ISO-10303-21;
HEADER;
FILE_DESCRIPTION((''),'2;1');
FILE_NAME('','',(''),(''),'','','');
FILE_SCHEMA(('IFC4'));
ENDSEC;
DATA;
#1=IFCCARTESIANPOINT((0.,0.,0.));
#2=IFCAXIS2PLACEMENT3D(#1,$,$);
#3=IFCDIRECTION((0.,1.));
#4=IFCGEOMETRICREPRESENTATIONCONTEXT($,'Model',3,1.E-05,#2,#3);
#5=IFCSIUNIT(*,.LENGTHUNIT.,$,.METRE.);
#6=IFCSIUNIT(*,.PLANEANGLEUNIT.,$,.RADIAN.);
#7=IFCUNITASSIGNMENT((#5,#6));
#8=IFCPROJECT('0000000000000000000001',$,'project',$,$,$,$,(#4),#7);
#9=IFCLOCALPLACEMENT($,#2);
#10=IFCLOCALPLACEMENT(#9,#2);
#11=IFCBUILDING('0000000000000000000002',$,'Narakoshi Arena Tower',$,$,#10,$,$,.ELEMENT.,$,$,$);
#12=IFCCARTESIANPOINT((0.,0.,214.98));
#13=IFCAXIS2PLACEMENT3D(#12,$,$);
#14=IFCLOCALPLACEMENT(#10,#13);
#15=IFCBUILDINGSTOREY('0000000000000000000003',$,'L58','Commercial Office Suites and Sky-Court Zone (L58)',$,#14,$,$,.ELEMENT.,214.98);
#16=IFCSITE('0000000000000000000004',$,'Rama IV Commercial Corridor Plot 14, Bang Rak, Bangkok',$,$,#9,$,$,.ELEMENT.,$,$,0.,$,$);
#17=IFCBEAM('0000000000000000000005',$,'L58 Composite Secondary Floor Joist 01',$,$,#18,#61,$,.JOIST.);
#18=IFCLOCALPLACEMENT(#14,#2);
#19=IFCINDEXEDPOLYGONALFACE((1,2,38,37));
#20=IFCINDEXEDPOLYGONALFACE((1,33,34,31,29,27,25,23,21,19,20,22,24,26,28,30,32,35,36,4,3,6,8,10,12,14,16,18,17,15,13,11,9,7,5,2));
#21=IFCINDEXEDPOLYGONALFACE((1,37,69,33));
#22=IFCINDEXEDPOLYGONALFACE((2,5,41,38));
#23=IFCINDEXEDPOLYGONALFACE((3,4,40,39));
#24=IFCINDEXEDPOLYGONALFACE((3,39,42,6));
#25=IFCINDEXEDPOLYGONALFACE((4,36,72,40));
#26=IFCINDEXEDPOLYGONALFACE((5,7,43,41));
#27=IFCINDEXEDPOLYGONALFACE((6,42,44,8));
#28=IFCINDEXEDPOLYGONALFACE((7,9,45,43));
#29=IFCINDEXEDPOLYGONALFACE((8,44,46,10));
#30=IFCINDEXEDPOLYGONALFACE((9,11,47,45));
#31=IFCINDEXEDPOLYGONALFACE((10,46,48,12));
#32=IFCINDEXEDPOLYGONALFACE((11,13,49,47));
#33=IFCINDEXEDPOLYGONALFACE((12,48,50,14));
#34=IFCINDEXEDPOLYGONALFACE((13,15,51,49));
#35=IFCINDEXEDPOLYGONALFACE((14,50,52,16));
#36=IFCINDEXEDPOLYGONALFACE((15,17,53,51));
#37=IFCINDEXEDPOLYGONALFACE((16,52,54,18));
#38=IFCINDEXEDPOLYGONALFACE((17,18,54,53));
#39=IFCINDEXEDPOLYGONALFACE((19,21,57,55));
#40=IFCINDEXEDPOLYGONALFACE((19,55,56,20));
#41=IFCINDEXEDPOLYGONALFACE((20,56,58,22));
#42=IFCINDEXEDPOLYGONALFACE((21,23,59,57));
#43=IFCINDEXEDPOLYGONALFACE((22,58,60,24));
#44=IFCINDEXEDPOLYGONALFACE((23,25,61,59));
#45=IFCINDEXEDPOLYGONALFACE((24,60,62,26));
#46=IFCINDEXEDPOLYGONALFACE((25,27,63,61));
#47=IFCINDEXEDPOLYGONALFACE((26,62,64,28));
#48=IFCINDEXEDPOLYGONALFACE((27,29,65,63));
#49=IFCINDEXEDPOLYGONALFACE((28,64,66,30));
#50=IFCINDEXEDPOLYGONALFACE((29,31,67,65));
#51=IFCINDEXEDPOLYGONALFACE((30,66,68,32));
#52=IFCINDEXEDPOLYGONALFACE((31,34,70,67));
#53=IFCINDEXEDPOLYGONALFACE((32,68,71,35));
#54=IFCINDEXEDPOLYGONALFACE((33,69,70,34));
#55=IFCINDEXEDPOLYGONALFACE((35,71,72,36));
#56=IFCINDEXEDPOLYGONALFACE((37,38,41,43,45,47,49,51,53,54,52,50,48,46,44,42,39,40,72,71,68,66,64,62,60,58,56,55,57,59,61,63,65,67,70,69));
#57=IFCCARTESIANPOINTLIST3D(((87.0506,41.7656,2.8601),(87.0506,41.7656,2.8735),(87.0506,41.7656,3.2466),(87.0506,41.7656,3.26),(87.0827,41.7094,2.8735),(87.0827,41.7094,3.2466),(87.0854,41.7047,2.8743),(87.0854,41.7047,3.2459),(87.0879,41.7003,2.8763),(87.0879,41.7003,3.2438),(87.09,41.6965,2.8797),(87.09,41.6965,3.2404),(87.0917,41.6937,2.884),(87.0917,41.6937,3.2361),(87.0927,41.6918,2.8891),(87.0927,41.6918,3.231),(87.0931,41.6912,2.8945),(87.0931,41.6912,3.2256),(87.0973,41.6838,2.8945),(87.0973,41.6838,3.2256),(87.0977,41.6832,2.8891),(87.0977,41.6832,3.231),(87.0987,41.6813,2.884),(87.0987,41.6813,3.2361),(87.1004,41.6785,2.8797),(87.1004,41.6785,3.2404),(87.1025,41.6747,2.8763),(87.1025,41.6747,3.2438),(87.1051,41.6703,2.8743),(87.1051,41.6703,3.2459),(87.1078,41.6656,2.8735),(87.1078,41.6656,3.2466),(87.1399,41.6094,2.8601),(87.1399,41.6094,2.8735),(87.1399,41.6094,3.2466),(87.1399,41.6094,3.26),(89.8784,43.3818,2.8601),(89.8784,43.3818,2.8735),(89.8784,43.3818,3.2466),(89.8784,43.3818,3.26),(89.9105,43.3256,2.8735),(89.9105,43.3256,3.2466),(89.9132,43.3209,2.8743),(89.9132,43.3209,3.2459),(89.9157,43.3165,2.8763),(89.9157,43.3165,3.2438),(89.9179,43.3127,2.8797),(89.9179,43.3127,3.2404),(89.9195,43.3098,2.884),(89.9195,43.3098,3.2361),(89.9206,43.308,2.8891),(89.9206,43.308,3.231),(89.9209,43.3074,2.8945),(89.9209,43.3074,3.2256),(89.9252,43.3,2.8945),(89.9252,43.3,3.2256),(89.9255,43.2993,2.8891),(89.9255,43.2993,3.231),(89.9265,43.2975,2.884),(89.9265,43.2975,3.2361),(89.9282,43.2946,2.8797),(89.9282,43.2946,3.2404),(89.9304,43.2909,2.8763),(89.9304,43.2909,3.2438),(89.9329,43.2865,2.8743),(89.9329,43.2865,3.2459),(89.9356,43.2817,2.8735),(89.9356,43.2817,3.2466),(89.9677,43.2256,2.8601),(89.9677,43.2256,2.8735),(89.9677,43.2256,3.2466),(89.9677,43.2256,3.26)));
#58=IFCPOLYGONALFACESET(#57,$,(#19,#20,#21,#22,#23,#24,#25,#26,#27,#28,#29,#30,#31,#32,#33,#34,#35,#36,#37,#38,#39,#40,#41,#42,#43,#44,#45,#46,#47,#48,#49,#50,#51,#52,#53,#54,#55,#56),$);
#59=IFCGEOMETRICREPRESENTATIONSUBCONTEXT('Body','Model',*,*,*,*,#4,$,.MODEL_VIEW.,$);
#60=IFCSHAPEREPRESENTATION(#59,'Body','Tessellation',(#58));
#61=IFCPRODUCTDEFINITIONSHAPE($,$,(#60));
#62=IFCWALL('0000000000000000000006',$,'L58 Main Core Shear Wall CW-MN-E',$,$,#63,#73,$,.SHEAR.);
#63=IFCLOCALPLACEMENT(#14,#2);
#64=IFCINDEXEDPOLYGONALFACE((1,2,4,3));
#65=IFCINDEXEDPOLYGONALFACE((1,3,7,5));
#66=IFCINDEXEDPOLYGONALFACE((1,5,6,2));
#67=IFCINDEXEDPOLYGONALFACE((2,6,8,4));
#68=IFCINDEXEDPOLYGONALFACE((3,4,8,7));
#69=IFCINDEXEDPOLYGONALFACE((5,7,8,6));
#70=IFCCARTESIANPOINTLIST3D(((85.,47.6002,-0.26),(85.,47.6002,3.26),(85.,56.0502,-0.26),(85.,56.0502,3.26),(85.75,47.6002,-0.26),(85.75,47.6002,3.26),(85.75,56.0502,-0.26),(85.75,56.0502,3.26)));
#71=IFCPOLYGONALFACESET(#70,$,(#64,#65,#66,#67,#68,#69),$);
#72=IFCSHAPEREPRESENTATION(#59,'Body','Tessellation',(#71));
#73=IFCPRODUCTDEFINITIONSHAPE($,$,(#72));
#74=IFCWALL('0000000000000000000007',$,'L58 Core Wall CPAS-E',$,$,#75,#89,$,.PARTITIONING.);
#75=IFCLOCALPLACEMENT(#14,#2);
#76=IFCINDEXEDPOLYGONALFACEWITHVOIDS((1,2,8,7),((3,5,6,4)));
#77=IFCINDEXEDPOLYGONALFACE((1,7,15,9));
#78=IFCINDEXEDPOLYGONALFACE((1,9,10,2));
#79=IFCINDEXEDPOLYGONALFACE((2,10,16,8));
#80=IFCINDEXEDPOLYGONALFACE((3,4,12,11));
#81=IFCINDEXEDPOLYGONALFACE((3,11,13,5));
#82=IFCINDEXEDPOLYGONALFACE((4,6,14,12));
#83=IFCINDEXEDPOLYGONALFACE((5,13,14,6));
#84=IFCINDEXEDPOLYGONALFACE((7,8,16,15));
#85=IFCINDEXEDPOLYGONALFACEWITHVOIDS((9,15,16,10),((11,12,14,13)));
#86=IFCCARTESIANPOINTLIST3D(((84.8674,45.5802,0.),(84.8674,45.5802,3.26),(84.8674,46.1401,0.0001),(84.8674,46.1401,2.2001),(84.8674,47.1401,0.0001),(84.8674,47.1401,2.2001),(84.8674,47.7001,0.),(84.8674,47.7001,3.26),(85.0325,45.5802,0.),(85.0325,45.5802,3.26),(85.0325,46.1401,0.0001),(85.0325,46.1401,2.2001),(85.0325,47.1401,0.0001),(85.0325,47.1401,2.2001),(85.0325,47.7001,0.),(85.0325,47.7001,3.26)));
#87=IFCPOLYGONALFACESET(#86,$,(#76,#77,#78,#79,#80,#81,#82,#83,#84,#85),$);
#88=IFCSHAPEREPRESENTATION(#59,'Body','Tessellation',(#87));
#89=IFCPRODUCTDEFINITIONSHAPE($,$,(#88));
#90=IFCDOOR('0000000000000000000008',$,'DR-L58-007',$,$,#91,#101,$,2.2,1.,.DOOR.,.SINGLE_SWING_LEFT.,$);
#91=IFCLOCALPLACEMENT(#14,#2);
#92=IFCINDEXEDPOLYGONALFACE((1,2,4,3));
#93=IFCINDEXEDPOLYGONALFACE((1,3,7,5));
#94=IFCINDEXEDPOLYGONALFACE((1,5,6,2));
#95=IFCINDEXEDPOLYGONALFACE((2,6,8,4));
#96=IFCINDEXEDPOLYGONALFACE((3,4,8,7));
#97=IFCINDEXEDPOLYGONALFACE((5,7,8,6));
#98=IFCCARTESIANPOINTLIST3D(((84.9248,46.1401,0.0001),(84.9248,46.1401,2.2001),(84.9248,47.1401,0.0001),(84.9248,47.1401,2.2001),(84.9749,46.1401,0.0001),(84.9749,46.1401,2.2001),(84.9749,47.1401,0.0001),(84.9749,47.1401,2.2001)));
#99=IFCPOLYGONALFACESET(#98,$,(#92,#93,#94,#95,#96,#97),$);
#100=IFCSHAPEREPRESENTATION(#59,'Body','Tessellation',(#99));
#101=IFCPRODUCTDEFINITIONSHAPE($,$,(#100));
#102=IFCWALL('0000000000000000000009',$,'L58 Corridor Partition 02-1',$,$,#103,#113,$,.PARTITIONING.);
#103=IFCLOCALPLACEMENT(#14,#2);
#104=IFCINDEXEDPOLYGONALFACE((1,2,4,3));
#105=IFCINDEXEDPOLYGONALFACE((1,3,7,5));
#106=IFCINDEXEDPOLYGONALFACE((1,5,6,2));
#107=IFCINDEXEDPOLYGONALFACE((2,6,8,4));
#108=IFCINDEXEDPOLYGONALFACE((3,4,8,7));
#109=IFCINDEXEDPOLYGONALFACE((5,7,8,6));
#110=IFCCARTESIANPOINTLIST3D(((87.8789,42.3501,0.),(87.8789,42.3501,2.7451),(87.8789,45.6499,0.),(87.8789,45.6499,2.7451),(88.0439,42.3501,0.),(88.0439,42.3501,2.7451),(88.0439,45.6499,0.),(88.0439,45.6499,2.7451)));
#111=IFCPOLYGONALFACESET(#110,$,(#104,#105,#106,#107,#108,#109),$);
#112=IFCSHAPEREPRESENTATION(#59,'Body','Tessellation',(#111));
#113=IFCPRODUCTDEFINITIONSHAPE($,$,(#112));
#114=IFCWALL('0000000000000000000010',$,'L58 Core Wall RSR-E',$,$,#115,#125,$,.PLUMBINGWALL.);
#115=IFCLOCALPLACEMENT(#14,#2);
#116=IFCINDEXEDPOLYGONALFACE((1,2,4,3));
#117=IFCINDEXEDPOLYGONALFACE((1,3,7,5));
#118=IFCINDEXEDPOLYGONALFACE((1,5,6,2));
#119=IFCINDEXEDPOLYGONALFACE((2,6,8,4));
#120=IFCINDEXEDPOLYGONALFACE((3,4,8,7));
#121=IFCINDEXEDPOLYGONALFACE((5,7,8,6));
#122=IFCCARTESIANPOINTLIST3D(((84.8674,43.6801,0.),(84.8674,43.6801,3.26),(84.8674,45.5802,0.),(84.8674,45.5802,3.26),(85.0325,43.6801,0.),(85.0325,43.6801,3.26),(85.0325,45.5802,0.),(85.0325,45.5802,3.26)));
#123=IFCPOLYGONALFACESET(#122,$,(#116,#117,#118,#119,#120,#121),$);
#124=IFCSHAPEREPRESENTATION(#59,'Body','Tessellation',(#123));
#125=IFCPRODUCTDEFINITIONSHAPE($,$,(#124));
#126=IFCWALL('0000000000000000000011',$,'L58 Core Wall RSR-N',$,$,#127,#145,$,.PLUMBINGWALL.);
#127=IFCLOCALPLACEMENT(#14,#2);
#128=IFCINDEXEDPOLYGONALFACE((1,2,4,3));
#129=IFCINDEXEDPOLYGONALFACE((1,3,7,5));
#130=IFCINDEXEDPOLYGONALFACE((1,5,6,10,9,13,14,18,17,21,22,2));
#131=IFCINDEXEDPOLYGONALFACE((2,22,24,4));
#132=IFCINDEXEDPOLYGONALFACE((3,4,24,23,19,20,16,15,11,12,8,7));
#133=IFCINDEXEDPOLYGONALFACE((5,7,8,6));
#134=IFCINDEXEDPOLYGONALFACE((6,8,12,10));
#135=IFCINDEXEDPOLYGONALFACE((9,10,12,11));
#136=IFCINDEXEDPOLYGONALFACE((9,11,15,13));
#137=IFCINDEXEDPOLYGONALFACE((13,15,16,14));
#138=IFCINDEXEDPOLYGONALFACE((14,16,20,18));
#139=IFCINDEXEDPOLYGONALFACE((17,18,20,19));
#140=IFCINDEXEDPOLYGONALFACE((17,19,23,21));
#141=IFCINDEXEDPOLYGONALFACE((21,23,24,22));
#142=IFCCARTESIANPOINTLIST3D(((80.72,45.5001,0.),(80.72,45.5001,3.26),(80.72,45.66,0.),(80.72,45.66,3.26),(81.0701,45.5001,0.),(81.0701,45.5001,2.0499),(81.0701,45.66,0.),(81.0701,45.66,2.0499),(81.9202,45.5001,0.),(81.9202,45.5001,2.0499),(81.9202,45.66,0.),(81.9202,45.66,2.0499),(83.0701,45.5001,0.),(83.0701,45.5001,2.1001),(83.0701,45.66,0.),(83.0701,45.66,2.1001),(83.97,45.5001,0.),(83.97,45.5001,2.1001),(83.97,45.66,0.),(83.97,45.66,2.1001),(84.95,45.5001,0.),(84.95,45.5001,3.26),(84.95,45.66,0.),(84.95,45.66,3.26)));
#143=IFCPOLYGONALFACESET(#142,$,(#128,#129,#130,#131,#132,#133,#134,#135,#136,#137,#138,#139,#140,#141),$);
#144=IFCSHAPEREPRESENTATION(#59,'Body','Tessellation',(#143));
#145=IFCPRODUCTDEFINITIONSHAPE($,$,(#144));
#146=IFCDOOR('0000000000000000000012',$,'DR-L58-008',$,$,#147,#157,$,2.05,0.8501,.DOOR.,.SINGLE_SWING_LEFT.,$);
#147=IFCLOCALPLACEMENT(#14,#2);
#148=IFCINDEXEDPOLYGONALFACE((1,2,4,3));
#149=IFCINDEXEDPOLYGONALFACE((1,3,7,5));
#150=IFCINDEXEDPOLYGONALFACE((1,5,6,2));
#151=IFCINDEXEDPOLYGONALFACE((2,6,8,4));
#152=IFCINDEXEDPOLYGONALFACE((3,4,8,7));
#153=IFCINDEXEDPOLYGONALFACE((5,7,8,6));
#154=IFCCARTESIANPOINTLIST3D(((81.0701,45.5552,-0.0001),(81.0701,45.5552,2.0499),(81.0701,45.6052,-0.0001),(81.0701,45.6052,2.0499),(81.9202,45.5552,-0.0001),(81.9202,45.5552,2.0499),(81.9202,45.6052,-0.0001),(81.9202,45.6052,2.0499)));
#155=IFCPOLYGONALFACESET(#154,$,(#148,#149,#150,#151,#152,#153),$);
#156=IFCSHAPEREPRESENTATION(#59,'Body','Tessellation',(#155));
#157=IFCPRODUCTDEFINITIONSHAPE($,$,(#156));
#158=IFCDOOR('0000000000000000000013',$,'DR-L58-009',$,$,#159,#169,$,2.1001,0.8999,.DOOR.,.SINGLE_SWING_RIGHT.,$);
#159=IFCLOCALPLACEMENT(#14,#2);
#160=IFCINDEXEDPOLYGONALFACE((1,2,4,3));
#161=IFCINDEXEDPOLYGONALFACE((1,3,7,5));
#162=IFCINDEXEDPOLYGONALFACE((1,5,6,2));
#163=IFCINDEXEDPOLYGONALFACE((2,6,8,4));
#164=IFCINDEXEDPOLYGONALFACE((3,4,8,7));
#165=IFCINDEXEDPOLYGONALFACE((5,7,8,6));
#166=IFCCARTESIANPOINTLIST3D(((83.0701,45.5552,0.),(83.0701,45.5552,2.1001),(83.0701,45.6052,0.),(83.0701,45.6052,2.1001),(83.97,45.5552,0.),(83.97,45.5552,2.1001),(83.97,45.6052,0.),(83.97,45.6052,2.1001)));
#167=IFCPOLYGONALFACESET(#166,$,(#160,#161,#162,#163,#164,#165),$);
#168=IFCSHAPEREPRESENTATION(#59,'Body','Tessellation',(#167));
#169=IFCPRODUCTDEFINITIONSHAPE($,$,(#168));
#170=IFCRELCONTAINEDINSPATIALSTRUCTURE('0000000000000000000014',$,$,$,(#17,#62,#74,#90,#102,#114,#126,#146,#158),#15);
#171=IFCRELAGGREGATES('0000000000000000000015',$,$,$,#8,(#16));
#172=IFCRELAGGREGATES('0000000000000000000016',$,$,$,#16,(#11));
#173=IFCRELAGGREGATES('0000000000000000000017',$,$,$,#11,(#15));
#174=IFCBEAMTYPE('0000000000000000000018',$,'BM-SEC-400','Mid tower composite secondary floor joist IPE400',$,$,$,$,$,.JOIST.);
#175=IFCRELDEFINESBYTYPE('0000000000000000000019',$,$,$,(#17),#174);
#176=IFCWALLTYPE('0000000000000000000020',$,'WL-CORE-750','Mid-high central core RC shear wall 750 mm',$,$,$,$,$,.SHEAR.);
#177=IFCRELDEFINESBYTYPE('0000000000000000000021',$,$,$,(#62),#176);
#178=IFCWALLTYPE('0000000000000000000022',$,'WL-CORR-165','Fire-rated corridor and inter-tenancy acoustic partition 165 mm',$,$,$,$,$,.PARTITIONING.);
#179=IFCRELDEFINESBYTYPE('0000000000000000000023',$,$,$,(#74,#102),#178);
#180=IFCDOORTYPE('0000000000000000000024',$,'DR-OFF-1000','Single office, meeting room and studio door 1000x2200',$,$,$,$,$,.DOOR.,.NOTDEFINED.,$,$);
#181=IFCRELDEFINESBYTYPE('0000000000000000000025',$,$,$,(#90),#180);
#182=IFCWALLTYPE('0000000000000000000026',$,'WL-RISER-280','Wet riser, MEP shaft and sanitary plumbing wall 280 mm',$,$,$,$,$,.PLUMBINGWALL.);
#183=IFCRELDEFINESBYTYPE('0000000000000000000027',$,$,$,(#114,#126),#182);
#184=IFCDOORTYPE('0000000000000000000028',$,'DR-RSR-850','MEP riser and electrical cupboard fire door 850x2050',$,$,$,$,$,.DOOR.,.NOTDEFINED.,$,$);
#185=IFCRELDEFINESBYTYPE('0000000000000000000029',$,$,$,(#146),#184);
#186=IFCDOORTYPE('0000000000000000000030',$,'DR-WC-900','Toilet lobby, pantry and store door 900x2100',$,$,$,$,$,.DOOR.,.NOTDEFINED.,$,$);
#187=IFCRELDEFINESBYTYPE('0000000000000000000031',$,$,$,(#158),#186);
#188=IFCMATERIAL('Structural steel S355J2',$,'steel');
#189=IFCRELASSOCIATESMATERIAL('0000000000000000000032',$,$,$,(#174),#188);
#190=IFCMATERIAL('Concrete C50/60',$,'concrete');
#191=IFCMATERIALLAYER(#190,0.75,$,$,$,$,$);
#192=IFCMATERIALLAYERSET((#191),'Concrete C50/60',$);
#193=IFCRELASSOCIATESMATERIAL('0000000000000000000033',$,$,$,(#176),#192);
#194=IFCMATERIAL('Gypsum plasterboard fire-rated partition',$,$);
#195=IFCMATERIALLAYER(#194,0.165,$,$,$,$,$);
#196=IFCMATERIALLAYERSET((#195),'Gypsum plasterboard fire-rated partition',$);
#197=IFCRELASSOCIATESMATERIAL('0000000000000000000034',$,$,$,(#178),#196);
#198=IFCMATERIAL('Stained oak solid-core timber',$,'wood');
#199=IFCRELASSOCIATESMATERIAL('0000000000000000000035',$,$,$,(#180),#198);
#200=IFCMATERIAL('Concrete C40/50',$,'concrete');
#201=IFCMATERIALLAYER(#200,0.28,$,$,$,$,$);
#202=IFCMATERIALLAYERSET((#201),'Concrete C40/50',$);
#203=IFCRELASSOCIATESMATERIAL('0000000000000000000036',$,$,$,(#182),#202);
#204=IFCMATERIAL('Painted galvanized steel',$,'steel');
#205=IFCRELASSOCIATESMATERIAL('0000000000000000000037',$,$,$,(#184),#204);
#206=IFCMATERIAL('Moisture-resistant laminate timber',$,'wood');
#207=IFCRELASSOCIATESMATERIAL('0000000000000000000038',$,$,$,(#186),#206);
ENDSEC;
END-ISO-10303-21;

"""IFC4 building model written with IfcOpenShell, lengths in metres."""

from ifc_helpers import new_model, si_unit, direction, frame, frame_2d, origin, origin_2d, place, context, subcontext, project, spatial, rectangle, i_section, extrude, material, layer, layer_set, material_profile, profile_set, type_object, element, fill, save


model = new_model("IFC4")

# Units and contexts
model_context = context("Model", 3, precision=1e-05, world=origin(), true_north=direction((0.0, 1.0)))
body_context = subcontext(model_context, "Body", "Model", "MODEL_VIEW")
ifc_project = project(units=[si_unit("LENGTHUNIT", "METRE"), si_unit("PLANEANGLEUNIT", "RADIAN")], contexts=[model_context])

# Site, building, storey
site_placement = place(None, origin())
site = spatial("IfcSite", under=ifc_project, at=site_placement, Name="Rama IV Commercial Corridor Plot 14, Bang Rak, Bangkok", CompositionType="ELEMENT", RefElevation=0.0)
building_placement = place(site_placement, origin())
building = spatial("IfcBuilding", under=site, at=building_placement, Name="Narakoshi Arena Tower", CompositionType="ELEMENT")
storey_placement = place(building_placement, frame((0.0, 0.0, 214.98)))
storey = spatial("IfcBuildingStorey", under=building, at=storey_placement, Name="L58", Description="Commercial Office Suites and Sky-Court Zone (L58)", CompositionType="ELEMENT", Elevation=214.98)

# Beam
ifc_material_1 = material(Name="Structural steel S355J2", Category="steel")
ifc_material_profile_1 = material_profile(ifc_material_1, i_section(OverallWidth=0.1799, OverallDepth=0.3999, WebThickness=0.0085, FlangeThickness=0.0134, FilletRadius=0.021, at=origin_2d()), Name="IPE400")
ifc_profile_set_1 = profile_set([ifc_material_profile_1], Name="Structural steel S355J2")
beam_type_1 = type_object("IfcBeamType", Name="BM-SEC-400", Description="Mid tower composite secondary floor joist IPE400", PredefinedType="JOIST", material=ifc_profile_set_1)
beam_1_placement = place(storey_placement, frame((87.0952, 41.6875, 3.0601), z_axis=(0.868206, 0.496204, 0.0), x_axis=(-0.496204, 0.868206, 0.0)))
element("IfcBeam", 1, at=beam_1_placement, inside=storey, type_object=beam_type_1, Name="L58 Composite Secondary Floor Joist 01", PredefinedType="JOIST", context=body_context, shape_type="SweptSolid", body=[
    extrude(i_section(OverallWidth=0.1799, OverallDepth=0.3999, WebThickness=0.0085, FlangeThickness=0.0134, FilletRadius=0.021, at=origin_2d()), origin(), (0.0, 0.0, 1.0), 3.2571),
])

# Wall
ifc_material_2 = material(Name="Concrete C50/60", Category="concrete")
ifc_layer_1 = layer(ifc_material_2, 0.75)
ifc_layer_set_1 = layer_set([ifc_layer_1], Name="Concrete C50/60")
wall_type_1 = type_object("IfcWallType", Name="WL-CORE-750", Description="Mid-high central core RC shear wall 750 mm", PredefinedType="SHEAR", material=ifc_layer_set_1)
wall_1_placement = place(storey_placement, frame((85.375, 47.6001, -0.26), z_axis=(0.0, 0.0, 1.0), x_axis=(0.0, 1.0, 0.0)))
element("IfcWall", 2, at=wall_1_placement, inside=storey, type_object=wall_type_1, Name="L58 Main Core Shear Wall CW-MN-E", PredefinedType="SHEAR", context=body_context, shape_type="SweptSolid", body=[
    extrude(rectangle(XDim=8.45, YDim=0.75, at=frame_2d((4.2251, 0.0))), origin(), (0.0, 0.0, 1.0), 3.52),
])

# Wall, opening, door
ifc_material_3 = material(Name="Gypsum plasterboard fire-rated partition")
ifc_layer_2 = layer(ifc_material_3, 0.165)
ifc_layer_set_2 = layer_set([ifc_layer_2], Name="Gypsum plasterboard fire-rated partition")
wall_type_2 = type_object("IfcWallType", Name="WL-CORR-165", Description="Fire-rated corridor and inter-tenancy acoustic partition 165 mm", PredefinedType="PARTITIONING", material=ifc_layer_set_2)
wall_2_placement = place(storey_placement, frame((84.95, 45.5801, 0.0), z_axis=(0.0, 0.0, 1.0), x_axis=(0.0, 1.0, 0.0)))
wall_2 = element("IfcWall", 3, at=wall_2_placement, inside=storey, type_object=wall_type_2, Name="L58 Core Wall CPAS-E", PredefinedType="PARTITIONING", context=body_context, shape_type="SweptSolid", body=[
    extrude(rectangle(XDim=2.1199, YDim=0.165, at=frame_2d((1.0601, 0.0))), origin(), (0.0, 0.0, 1.0), 3.26),
])
opening_1_placement = place(wall_2_placement, frame((0.5601, 0.0, 0.0)))
opening_1 = element("IfcOpeningElement", 4, at=opening_1_placement, cuts=wall_2, PredefinedType="OPENING", context=body_context, shape_type="SweptSolid", body=[
    extrude(rectangle(XDim=1.0, YDim=2.2, at=frame_2d((0.5, 1.1001))), frame((0.0, 0.0925, 0.0), z_axis=(0.0, -1.0, 0.0), x_axis=(1.0, 0.0, 0.0)), (0.0, 0.0, 1.0), 0.1851),
])
ifc_material_4 = material(Name="Stained oak solid-core timber", Category="wood")
door_type_1 = type_object("IfcDoorType", Name="DR-OFF-1000", Description="Single office, meeting room and studio door 1000x2200", OperationType="NOTDEFINED", PredefinedType="DOOR", material=ifc_material_4)
door_1_placement = place(opening_1_placement, frame((1.0, 0.0, 0.0), z_axis=(0.0, 0.0, 1.0), x_axis=(-1.0, 0.0, 0.0)))
door_1 = element("IfcDoor", 5, at=door_1_placement, inside=storey, type_object=door_type_1, Name="DR-L58-007", OperationType="SINGLE_SWING_LEFT", OverallHeight=2.2, OverallWidth=1.0, PredefinedType="DOOR", context=body_context, shape_type="SweptSolid", body=[
    extrude(rectangle(XDim=1.0, YDim=2.2, at=frame_2d((0.5, 1.1001))), frame((0.0, 0.0249, 0.0), z_axis=(0.0, -1.0, 0.0), x_axis=(1.0, 0.0, 0.0)), (0.0, 0.0, 1.0), 0.05),
])
fill(opening_1, door_1)

# Walls
wall_3_placement = place(storey_placement, frame((87.9614, 42.3501, 0.0), z_axis=(0.0, 0.0, 1.0), x_axis=(0.0, 1.0, 0.0)))
element("IfcWall", 6, at=wall_3_placement, inside=storey, type_object=wall_type_2, Name="L58 Corridor Partition 02-1", PredefinedType="PARTITIONING", context=body_context, shape_type="SweptSolid", body=[
    extrude(rectangle(XDim=3.2998, YDim=0.165, at=frame_2d((1.6499, 0.0))), origin(), (0.0, 0.0, 1.0), 2.7451),
])
ifc_material_5 = material(Name="Concrete C40/50", Category="concrete")
ifc_layer_3 = layer(ifc_material_5, 0.28)
ifc_layer_set_3 = layer_set([ifc_layer_3], Name="Concrete C40/50")
wall_type_3 = type_object("IfcWallType", Name="WL-RISER-280", Description="Wet riser, MEP shaft and sanitary plumbing wall 280 mm", PredefinedType="PLUMBINGWALL", material=ifc_layer_set_3)
wall_4_placement = place(storey_placement, frame((84.95, 43.6799, 0.0), z_axis=(0.0, 0.0, 1.0), x_axis=(0.0, 1.0, 0.0)))
element("IfcWall", 7, at=wall_4_placement, inside=storey, type_object=wall_type_3, Name="L58 Core Wall RSR-E", PredefinedType="PLUMBINGWALL", context=body_context, shape_type="SweptSolid", body=[
    extrude(rectangle(XDim=1.9001, YDim=0.165, at=frame_2d((0.9502, 0.0))), origin(), (0.0, 0.0, 1.0), 3.26),
])

# Wall, openings, doors
wall_5_placement = place(storey_placement, frame((80.72, 45.5801, 0.0), z_axis=(0.0, 0.0, 1.0), x_axis=(1.0, 0.0, 0.0)))
wall_5 = element("IfcWall", 8, at=wall_5_placement, inside=storey, type_object=wall_type_3, Name="L58 Core Wall RSR-N", PredefinedType="PLUMBINGWALL", context=body_context, shape_type="SweptSolid", body=[
    extrude(rectangle(XDim=4.23, YDim=0.1599, at=frame_2d((2.115, 0.0))), origin(), (0.0, 0.0, 1.0), 3.26),
])
opening_2_placement = place(wall_5_placement, frame((0.3501, 0.0, 0.0)))
opening_2 = element("IfcOpeningElement", 9, at=opening_2_placement, cuts=wall_5, PredefinedType="OPENING", context=body_context, shape_type="SweptSolid", body=[
    extrude(rectangle(XDim=0.8501, YDim=2.05, at=frame_2d((0.425, 1.0249))), frame((0.0, 0.0898, 0.0), z_axis=(0.0, -1.0, 0.0), x_axis=(1.0, 0.0, 0.0)), (0.0, 0.0, 1.0), 0.1799),
])
opening_3_placement = place(wall_5_placement, frame((2.3501, 0.0, 0.0)))
opening_3 = element("IfcOpeningElement", 10, at=opening_3_placement, cuts=wall_5, PredefinedType="OPENING", context=body_context, shape_type="SweptSolid", body=[
    extrude(rectangle(XDim=0.8999, YDim=2.1001, at=frame_2d((0.45, 1.05))), frame((0.0, 0.0898, 0.0), z_axis=(0.0, -1.0, 0.0), x_axis=(1.0, 0.0, 0.0)), (0.0, 0.0, 1.0), 0.1799),
])
ifc_material_6 = material(Name="Painted galvanized steel", Category="steel")
door_type_2 = type_object("IfcDoorType", Name="DR-RSR-850", Description="MEP riser and electrical cupboard fire door 850x2050", OperationType="NOTDEFINED", PredefinedType="DOOR", material=ifc_material_6)
door_2_placement = place(opening_2_placement, frame((0.8501, 0.0, 0.0), z_axis=(0.0, 0.0, 1.0), x_axis=(-1.0, 0.0, 0.0)))
door_2 = element("IfcDoor", 11, at=door_2_placement, inside=storey, type_object=door_type_2, Name="DR-L58-008", OperationType="SINGLE_SWING_LEFT", OverallHeight=2.05, OverallWidth=0.8501, PredefinedType="DOOR", context=body_context, shape_type="SweptSolid", body=[
    extrude(rectangle(XDim=0.8501, YDim=2.05, at=frame_2d((0.425, 1.0249))), frame((0.0, 0.0249, 0.0), z_axis=(0.0, -1.0, 0.0), x_axis=(1.0, 0.0, 0.0)), (0.0, 0.0, 1.0), 0.05),
])
fill(opening_2, door_2)
ifc_material_7 = material(Name="Moisture-resistant laminate timber", Category="wood")
door_type_3 = type_object("IfcDoorType", Name="DR-WC-900", Description="Toilet lobby, pantry and store door 900x2100", OperationType="NOTDEFINED", PredefinedType="DOOR", material=ifc_material_7)
door_3_placement = place(opening_3_placement, frame((0.8999, 0.0, 0.0), z_axis=(0.0, 0.0, 1.0), x_axis=(-1.0, 0.0, 0.0)))
door_3 = element("IfcDoor", 12, at=door_3_placement, inside=storey, type_object=door_type_3, Name="DR-L58-009", OperationType="SINGLE_SWING_RIGHT", OverallHeight=2.1001, OverallWidth=0.8999, PredefinedType="DOOR", context=body_context, shape_type="SweptSolid", body=[
    extrude(rectangle(XDim=0.8999, YDim=2.1001, at=frame_2d((0.45, 1.05))), frame((0.0, 0.0249, 0.0), z_axis=(0.0, -1.0, 0.0), x_axis=(1.0, 0.0, 0.0)), (0.0, 0.0, 1.0), 0.05),
])
fill(opening_3, door_3)

save(model, "model.ifc")
